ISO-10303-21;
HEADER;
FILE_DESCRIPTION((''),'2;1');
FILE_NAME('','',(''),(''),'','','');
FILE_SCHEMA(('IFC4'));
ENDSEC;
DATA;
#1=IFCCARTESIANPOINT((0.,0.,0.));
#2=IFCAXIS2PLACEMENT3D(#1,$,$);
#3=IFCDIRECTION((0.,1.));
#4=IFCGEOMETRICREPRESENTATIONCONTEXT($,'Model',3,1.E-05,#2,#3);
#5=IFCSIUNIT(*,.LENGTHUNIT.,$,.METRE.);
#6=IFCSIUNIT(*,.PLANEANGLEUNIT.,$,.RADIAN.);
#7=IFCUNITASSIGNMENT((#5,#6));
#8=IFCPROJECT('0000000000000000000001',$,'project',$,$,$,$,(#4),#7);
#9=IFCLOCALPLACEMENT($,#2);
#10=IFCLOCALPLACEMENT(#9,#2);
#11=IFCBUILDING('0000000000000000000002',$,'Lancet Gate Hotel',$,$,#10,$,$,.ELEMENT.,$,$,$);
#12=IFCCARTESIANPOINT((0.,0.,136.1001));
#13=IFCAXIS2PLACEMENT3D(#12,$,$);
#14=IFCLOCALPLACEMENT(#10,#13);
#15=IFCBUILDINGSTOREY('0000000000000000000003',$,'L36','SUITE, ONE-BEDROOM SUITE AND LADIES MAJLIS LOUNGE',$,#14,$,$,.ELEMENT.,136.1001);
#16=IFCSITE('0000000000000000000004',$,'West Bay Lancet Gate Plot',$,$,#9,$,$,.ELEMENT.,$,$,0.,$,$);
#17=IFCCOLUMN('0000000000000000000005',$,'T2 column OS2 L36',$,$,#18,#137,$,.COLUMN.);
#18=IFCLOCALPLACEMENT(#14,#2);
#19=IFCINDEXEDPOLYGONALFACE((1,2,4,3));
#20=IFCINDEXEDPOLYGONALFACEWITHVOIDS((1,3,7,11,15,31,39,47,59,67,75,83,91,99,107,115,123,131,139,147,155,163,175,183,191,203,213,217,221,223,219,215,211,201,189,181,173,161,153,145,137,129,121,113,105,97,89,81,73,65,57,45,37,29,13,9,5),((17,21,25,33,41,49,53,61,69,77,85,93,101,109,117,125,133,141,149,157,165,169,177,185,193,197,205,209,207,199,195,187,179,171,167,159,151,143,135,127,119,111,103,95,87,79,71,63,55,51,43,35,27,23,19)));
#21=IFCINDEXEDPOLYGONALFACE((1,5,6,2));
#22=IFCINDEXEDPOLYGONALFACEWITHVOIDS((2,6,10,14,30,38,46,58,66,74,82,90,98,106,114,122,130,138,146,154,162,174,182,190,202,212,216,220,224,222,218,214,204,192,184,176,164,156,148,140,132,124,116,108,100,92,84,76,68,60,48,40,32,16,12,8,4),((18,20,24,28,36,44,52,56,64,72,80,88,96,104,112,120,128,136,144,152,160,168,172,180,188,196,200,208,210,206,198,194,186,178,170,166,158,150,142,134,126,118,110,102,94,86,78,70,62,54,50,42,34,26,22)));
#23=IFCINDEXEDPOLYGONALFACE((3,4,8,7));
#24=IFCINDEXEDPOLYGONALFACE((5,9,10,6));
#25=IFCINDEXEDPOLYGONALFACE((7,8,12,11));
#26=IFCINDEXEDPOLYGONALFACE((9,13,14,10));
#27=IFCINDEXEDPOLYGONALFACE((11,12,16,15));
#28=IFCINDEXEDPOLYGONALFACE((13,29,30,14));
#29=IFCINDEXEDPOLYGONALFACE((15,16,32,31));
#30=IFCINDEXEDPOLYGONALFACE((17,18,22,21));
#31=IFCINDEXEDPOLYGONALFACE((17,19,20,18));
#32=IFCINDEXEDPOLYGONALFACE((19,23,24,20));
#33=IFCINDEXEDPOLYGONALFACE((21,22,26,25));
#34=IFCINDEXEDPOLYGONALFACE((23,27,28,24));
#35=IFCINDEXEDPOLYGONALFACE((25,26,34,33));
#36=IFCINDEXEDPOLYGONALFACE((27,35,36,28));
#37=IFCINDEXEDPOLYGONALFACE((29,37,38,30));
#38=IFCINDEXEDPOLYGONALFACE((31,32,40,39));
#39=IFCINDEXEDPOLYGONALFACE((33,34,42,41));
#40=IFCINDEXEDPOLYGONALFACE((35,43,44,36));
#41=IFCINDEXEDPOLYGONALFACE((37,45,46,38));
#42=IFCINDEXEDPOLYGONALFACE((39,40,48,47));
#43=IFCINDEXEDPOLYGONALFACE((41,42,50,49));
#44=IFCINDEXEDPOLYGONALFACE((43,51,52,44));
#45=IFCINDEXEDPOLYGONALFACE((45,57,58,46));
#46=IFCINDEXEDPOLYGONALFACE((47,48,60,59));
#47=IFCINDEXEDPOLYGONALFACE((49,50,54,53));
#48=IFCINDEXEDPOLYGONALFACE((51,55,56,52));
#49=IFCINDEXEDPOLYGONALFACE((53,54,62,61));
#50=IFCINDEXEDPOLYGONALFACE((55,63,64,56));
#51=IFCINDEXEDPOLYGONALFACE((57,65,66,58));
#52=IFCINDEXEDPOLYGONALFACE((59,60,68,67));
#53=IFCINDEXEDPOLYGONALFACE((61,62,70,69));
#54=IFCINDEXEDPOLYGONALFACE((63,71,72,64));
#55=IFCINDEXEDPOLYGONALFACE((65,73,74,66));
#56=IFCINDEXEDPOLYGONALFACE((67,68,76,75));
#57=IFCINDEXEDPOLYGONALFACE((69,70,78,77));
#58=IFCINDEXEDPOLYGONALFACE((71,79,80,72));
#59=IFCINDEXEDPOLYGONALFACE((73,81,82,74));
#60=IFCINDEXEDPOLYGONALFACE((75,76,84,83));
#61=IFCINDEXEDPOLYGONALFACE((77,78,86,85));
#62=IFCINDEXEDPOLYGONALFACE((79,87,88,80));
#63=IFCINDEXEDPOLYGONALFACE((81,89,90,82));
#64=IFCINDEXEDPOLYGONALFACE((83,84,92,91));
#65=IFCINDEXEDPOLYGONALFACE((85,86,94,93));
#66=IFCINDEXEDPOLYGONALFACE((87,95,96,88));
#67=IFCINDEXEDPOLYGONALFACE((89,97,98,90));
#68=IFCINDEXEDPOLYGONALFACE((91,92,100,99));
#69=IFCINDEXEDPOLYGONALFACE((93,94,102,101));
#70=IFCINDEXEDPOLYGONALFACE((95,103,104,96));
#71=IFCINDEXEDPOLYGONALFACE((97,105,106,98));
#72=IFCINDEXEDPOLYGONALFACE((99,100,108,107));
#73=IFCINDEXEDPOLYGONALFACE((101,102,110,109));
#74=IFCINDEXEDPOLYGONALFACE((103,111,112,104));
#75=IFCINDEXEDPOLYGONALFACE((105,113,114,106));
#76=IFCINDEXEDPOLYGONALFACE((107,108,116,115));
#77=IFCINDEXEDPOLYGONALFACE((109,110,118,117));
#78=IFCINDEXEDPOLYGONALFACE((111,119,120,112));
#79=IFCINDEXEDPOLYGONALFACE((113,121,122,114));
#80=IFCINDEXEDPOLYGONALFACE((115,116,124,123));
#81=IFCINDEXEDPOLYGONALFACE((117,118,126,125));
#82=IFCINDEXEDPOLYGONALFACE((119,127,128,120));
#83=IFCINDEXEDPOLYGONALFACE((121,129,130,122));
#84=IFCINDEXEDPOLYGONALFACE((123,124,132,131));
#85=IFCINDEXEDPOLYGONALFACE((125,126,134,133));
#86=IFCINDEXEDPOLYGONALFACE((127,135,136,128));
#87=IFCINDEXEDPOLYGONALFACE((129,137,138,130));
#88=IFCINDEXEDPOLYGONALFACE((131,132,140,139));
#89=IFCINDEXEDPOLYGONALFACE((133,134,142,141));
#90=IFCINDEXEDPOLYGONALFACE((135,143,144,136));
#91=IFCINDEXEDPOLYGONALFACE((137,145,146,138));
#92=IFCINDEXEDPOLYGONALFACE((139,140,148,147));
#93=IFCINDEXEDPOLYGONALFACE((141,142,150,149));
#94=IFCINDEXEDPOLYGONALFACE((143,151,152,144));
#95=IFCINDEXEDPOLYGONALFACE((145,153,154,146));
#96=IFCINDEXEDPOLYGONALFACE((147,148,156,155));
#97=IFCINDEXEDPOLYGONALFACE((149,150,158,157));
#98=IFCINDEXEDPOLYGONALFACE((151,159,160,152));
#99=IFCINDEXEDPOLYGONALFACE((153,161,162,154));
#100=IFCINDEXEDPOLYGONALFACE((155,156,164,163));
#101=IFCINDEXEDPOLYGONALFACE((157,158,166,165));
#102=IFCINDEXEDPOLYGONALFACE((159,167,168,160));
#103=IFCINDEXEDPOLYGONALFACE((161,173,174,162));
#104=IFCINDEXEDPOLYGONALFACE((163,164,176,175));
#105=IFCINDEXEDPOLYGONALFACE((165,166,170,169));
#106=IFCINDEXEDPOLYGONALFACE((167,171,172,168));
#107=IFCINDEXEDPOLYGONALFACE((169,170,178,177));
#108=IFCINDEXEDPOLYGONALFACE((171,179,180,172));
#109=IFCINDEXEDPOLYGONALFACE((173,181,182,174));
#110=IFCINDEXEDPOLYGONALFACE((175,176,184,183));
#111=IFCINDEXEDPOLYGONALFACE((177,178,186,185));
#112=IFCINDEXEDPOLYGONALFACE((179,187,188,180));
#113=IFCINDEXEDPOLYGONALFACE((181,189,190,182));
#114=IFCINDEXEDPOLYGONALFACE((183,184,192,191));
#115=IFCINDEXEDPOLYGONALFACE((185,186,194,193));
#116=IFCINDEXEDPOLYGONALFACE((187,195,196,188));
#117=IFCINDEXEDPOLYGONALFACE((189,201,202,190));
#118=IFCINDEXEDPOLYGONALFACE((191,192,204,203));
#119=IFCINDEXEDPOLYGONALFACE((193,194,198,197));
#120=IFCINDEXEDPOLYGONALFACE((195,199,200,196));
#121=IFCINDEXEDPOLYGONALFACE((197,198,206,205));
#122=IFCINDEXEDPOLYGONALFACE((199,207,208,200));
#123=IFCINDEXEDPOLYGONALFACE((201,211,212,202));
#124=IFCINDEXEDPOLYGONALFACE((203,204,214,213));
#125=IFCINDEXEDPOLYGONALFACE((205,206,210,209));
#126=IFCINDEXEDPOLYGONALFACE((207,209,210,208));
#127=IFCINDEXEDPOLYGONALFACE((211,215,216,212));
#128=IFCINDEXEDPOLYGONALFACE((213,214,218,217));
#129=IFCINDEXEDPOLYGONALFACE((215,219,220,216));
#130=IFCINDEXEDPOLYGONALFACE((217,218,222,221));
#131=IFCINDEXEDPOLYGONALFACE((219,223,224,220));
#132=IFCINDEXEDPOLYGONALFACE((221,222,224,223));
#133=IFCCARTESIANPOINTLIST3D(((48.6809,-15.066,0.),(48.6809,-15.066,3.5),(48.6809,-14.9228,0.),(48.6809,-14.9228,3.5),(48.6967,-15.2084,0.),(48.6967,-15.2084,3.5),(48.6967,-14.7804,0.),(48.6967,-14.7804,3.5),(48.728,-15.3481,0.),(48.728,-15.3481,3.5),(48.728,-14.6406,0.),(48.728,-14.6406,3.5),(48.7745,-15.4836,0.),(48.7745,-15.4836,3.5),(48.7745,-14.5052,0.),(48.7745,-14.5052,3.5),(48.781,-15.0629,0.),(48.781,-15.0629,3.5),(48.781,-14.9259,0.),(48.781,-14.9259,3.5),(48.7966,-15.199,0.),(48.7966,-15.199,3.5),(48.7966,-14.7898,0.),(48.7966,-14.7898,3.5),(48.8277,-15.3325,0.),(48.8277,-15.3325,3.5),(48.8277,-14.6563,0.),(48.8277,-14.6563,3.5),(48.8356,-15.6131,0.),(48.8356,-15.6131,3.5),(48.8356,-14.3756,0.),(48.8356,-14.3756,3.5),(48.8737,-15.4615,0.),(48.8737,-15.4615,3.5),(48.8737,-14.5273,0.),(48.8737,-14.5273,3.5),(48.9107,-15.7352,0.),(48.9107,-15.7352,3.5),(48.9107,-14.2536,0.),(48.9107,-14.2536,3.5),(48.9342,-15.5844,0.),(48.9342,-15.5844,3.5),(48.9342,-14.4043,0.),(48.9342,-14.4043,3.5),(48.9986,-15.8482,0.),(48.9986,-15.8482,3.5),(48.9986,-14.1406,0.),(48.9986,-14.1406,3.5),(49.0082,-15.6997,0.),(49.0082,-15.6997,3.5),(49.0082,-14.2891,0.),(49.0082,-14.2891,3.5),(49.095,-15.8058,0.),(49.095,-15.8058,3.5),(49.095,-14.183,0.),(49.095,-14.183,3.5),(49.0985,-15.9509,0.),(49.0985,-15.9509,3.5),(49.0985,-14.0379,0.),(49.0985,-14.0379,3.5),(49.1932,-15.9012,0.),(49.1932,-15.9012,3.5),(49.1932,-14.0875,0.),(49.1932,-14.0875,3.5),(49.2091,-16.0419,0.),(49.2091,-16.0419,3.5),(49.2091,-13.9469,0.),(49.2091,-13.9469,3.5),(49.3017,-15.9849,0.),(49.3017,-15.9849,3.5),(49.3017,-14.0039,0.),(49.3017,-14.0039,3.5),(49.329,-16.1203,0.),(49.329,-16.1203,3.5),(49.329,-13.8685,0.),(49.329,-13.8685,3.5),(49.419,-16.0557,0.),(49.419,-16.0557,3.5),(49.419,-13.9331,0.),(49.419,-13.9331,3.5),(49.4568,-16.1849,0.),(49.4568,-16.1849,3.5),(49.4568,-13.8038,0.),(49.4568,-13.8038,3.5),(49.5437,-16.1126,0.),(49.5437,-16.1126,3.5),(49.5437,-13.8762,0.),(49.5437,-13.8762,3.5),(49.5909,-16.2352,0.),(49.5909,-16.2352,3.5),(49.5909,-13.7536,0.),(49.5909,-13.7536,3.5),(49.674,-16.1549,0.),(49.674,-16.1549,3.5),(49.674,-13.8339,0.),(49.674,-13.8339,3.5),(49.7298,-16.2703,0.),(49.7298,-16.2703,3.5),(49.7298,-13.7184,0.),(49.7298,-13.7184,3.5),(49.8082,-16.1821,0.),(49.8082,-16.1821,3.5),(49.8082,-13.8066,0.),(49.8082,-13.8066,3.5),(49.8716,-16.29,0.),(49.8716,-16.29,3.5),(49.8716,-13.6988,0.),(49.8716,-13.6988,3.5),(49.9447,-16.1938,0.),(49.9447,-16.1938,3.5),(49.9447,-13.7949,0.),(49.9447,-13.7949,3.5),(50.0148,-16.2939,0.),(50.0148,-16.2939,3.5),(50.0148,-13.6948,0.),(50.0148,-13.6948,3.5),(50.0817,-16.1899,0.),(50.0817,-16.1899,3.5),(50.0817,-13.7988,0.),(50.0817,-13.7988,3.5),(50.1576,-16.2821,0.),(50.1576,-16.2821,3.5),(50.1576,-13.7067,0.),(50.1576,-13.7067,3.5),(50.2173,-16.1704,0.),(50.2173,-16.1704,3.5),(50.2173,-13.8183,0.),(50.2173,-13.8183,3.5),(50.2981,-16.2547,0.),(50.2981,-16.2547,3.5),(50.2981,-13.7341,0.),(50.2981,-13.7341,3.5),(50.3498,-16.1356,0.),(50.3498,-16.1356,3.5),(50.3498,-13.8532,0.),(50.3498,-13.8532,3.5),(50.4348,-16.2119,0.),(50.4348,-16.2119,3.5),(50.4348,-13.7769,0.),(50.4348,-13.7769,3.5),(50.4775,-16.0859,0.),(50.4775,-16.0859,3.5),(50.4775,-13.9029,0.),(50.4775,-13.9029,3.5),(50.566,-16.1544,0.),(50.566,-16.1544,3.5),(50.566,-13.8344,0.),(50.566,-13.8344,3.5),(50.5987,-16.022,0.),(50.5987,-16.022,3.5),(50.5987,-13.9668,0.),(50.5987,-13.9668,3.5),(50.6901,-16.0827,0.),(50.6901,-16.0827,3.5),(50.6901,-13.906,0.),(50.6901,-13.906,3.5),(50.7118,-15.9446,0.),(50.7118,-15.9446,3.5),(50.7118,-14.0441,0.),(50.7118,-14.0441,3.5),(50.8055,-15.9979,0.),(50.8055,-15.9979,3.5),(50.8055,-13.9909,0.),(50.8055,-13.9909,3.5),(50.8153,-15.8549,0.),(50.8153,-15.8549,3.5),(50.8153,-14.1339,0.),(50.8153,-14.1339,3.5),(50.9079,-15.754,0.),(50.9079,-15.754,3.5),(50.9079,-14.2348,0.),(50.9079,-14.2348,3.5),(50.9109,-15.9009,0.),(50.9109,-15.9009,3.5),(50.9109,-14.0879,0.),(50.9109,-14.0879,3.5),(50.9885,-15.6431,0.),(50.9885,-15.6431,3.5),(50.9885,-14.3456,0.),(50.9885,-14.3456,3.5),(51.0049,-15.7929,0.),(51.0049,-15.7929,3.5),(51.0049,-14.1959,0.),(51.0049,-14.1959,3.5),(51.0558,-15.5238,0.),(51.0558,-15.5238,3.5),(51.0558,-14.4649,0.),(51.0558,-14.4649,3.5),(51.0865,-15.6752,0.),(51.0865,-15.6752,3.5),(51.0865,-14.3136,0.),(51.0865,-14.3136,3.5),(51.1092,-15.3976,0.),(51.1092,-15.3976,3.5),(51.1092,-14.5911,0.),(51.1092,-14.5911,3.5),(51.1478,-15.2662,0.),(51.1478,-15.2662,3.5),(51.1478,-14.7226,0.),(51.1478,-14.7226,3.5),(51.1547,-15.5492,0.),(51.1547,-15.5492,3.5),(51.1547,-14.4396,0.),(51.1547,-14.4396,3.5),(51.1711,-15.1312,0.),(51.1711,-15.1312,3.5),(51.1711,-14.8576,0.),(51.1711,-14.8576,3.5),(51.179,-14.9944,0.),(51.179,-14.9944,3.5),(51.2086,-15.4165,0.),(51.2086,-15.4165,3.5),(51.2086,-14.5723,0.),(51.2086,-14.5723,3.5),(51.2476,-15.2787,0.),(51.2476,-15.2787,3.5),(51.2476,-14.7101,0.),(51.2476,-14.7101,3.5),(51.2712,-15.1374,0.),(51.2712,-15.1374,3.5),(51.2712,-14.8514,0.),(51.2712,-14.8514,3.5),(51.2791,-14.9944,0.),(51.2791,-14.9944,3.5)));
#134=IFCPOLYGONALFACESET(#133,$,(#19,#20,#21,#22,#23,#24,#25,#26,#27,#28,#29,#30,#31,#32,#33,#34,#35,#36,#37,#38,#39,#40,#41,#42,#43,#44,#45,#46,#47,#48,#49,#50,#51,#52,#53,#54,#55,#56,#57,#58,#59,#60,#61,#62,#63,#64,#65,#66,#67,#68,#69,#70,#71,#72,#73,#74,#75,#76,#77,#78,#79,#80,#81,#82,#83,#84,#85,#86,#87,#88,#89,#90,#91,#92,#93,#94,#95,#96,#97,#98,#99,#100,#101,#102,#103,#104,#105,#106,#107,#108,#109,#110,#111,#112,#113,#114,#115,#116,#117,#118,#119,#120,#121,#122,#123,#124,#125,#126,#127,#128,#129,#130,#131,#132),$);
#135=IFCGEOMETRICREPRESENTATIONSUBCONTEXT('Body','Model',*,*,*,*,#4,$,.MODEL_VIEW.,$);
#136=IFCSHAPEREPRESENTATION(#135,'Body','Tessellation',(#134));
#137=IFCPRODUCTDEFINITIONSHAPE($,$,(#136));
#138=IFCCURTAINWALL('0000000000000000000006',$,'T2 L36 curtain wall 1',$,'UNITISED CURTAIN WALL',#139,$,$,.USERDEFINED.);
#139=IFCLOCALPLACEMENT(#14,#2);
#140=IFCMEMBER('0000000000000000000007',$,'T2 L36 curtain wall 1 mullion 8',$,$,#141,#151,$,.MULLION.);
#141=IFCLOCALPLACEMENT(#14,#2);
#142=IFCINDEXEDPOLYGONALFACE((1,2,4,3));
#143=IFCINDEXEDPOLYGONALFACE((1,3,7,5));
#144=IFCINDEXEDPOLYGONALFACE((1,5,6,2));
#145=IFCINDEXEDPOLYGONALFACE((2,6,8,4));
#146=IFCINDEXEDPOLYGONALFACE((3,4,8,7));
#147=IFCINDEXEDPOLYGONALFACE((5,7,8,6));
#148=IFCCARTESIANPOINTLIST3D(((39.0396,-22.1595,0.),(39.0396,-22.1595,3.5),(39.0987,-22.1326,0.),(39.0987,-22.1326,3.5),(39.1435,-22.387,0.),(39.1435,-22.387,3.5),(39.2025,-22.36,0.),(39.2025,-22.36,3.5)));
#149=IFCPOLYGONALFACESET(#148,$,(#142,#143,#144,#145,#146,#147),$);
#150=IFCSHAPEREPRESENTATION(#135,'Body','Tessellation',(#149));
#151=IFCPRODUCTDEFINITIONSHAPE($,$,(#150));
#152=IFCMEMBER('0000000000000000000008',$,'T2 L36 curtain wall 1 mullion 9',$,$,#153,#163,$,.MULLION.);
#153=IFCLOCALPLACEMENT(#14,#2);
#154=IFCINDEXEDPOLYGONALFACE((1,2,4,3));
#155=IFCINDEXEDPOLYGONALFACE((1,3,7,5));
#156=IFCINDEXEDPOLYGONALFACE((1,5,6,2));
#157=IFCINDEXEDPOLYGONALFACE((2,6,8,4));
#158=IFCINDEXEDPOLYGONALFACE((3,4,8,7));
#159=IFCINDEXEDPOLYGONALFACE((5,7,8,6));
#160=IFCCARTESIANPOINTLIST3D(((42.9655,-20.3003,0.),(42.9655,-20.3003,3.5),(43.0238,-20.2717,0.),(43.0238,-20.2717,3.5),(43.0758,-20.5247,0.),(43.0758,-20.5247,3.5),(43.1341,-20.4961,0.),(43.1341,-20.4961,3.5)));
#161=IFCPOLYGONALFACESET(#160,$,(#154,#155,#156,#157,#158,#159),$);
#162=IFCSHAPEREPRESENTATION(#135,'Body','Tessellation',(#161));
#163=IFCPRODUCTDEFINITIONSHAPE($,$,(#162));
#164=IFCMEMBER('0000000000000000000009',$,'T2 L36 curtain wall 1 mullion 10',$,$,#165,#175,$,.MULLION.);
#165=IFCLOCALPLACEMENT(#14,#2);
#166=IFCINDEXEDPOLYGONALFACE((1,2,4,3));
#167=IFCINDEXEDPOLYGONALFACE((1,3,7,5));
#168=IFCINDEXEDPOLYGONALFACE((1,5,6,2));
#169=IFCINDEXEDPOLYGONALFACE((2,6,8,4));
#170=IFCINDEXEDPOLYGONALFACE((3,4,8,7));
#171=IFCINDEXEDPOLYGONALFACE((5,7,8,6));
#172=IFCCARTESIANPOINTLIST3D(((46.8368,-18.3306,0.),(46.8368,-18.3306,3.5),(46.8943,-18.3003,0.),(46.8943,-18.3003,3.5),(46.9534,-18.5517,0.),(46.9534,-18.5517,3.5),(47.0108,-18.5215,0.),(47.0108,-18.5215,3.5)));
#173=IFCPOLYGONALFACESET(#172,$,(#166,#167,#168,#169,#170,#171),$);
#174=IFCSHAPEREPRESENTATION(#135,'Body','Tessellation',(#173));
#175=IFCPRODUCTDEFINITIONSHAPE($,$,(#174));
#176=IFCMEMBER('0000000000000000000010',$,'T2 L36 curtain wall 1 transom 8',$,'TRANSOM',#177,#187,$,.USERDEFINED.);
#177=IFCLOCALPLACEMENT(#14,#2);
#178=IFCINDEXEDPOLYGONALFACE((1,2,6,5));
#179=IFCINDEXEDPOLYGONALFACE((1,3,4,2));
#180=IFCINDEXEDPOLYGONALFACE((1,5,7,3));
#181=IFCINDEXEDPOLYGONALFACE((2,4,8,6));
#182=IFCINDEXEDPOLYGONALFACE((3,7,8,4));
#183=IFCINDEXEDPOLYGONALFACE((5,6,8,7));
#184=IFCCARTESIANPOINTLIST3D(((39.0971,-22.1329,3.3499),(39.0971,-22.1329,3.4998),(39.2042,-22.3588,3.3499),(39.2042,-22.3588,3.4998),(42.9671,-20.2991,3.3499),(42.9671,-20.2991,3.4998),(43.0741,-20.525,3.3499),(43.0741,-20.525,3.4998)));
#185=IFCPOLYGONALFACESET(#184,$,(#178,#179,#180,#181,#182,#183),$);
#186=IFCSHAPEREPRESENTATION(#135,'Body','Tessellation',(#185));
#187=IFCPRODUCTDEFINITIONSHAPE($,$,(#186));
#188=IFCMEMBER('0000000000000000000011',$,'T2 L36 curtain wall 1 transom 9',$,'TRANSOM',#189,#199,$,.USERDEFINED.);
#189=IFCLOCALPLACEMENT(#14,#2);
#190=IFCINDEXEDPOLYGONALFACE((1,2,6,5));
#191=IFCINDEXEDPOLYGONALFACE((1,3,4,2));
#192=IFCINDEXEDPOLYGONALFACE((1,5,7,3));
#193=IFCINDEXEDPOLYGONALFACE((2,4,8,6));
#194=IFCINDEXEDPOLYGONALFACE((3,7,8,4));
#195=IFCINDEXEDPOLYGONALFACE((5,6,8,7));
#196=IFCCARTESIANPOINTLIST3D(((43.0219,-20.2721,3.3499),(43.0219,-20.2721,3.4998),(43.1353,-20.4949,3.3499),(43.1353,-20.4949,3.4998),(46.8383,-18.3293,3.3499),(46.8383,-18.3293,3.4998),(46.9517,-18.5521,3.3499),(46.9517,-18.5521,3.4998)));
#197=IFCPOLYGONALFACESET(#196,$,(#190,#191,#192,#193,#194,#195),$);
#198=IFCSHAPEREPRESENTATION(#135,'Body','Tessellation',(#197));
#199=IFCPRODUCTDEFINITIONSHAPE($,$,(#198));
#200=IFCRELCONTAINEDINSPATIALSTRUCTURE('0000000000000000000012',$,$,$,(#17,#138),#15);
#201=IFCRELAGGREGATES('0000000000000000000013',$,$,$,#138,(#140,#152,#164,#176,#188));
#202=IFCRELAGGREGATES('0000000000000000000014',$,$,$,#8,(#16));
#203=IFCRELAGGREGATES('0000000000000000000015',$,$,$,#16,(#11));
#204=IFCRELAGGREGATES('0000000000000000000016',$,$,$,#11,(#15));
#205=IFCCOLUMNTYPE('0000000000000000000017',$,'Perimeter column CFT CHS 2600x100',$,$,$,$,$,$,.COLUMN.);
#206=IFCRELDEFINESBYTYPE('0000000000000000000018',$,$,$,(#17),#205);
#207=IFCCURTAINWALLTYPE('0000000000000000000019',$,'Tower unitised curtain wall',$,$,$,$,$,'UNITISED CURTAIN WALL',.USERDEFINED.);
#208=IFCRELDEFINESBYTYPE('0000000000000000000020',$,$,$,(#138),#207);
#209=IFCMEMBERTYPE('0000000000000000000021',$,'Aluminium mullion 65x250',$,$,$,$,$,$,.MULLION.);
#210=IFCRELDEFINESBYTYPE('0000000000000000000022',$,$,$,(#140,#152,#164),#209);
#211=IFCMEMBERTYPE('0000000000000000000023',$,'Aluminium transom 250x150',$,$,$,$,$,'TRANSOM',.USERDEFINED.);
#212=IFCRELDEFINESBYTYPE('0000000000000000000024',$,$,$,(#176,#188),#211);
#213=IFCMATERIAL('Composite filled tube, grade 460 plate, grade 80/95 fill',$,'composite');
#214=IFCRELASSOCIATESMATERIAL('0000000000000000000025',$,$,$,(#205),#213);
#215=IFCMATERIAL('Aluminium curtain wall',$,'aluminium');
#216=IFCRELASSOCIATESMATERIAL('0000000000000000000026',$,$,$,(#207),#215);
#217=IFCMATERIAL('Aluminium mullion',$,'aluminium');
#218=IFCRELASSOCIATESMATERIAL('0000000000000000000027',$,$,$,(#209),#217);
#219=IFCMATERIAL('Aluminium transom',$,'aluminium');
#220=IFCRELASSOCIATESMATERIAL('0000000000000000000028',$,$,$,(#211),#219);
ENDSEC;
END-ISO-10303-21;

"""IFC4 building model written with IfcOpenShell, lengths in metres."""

from ifc_helpers import new_model, si_unit, direction, frame, origin, origin_2d, place, context, subcontext, project, spatial, rectangle, hollow_circle, extrude, material, material_profile, profile_set, type_object, element, aggregate, save


model = new_model("IFC4")

# Units and contexts
model_context = context("Model", 3, precision=1e-05, world=origin(), true_north=direction((0.0, 1.0)))
body_context = subcontext(model_context, "Body", "Model", "MODEL_VIEW")
ifc_project = project(units=[si_unit("LENGTHUNIT", "METRE"), si_unit("PLANEANGLEUNIT", "RADIAN")], contexts=[model_context])

# Site, building, storey
site_placement = place(None, origin())
site = spatial("IfcSite", under=ifc_project, at=site_placement, Name="West Bay Lancet Gate Plot", CompositionType="ELEMENT", RefElevation=0.0)
building_placement = place(site_placement, origin())
building = spatial("IfcBuilding", under=site, at=building_placement, Name="Lancet Gate Hotel", CompositionType="ELEMENT")
storey_placement = place(building_placement, frame((0.0, 0.0, 136.1001)))
storey = spatial("IfcBuildingStorey", under=building, at=storey_placement, Name="L36", Description="SUITE, ONE-BEDROOM SUITE AND LADIES MAJLIS LOUNGE", CompositionType="ELEMENT", Elevation=136.1001)

# Column
ifc_material_1 = material(Name="Composite filled tube, grade 460 plate, grade 80/95 fill", Category="composite")
ifc_material_profile_1 = material_profile(ifc_material_1, hollow_circle(Radius=1.3, WallThickness=0.1001, at=origin_2d()), Name="CHS 2600x100")
ifc_profile_set_1 = profile_set([ifc_material_profile_1], Name="Composite filled tube, grade 460 plate, grade 80/95 fill")
column_type = type_object("IfcColumnType", Name="Perimeter column CFT CHS 2600x100", PredefinedType="COLUMN", material=ifc_profile_set_1)
for number, where, z_axis, x_axis, name in (
    (1, (49.979, -14.9944, 0.0), (0.0, 0.0, 1.0), (1.0, 0.0, 0.0), "T2 column OS2 L36"),
):
    element("IfcColumn", number, at=place(storey_placement, frame(where, z_axis=z_axis, x_axis=x_axis)), inside=storey, type_object=column_type, Name=name, PredefinedType="COLUMN", context=body_context, shape_type="SweptSolid", body=[
        extrude(hollow_circle(Radius=1.3, WallThickness=0.1001, at=origin_2d()), origin(), (0.0, 0.0, 1.0), 3.5),
    ])

# Curtain wall, members
ifc_material_2 = material(Name="Aluminium curtain wall", Category="aluminium")
curtain_wall_type = type_object("IfcCurtainWallType", Name="Tower unitised curtain wall", ElementType="UNITISED CURTAIN WALL", PredefinedType="USERDEFINED", material=ifc_material_2)
curtain_wall_placement = place(storey_placement, origin())
curtain_wall = element("IfcCurtainWall", 2, at=curtain_wall_placement, inside=storey, type_object=curtain_wall_type, Name="T2 L36 curtain wall 1", ObjectType="UNITISED CURTAIN WALL", PredefinedType="USERDEFINED")
ifc_material_3 = material(Name="Aluminium mullion", Category="aluminium")
ifc_material_profile_2 = material_profile(ifc_material_3, rectangle(XDim=0.0649, YDim=0.25, at=origin_2d()), Name="MULLION 65x250")
ifc_profile_set_2 = profile_set([ifc_material_profile_2], Name="Aluminium mullion")
member_type_1 = type_object("IfcMemberType", Name="Aluminium mullion 65x250", PredefinedType="MULLION", material=ifc_profile_set_2)
member_1_placement = place(storey_placement, frame((39.1211, -22.2598, 0.0), z_axis=(0.0, 0.0, 1.0), x_axis=(0.909673, 0.415326, 0.0)))
member_1 = element("IfcMember", 3, at=member_1_placement, type_object=member_type_1, Name="T2 L36 curtain wall 1 mullion 8", PredefinedType="MULLION", context=body_context, shape_type="SweptSolid", body=[
    extrude(rectangle(XDim=0.0649, YDim=0.25, at=origin_2d()), origin(), (0.0, 0.0, 1.0), 3.5),
])
member_2_placement = place(storey_placement, frame((43.0498, -20.3982, 0.0), z_axis=(0.0, 0.0, 1.0), x_axis=(0.897512, 0.44099, 0.0)))
member_2 = element("IfcMember", 4, at=member_2_placement, type_object=member_type_1, Name="T2 L36 curtain wall 1 mullion 9", PredefinedType="MULLION", context=body_context, shape_type="SweptSolid", body=[
    extrude(rectangle(XDim=0.0649, YDim=0.25, at=origin_2d()), origin(), (0.0, 0.0, 1.0), 3.5),
])
member_3_placement = place(storey_placement, frame((46.9238, -18.426, 0.0), z_axis=(0.0, 0.0, 1.0), x_axis=(0.884627, 0.466299, 0.0)))
member_3 = element("IfcMember", 5, at=member_3_placement, type_object=member_type_1, Name="T2 L36 curtain wall 1 mullion 10", PredefinedType="MULLION", context=body_context, shape_type="SweptSolid", body=[
    extrude(rectangle(XDim=0.0649, YDim=0.25, at=origin_2d()), origin(), (0.0, 0.0, 1.0), 3.5),
])
ifc_material_4 = material(Name="Aluminium transom", Category="aluminium")
ifc_material_profile_3 = material_profile(ifc_material_4, rectangle(XDim=0.25, YDim=0.1499, at=origin_2d()), Name="TRANSOM 250x150")
ifc_profile_set_3 = profile_set([ifc_material_profile_3], Name="Aluminium transom")
member_type_2 = type_object("IfcMemberType", Name="Aluminium transom 250x150", ElementType="TRANSOM", PredefinedType="USERDEFINED", material=ifc_profile_set_3)
member_4_placement = place(storey_placement, frame((39.1506, -22.2458, 3.4248), z_axis=(0.90368, 0.428209, 0.0), x_axis=(-0.428209, 0.90368, 0.0)))
member_4 = element("IfcMember", 6, at=member_4_placement, type_object=member_type_2, Name="T2 L36 curtain wall 1 transom 8", ObjectType="TRANSOM", PredefinedType="USERDEFINED", context=body_context, shape_type="SweptSolid", body=[
    extrude(rectangle(XDim=0.25, YDim=0.1499, at=origin_2d()), origin(), (0.0, 0.0, 1.0), 4.2825),
])
member_5_placement = place(storey_placement, frame((43.0786, -20.3835, 3.4248), z_axis=(0.891166, 0.453678, 0.0), x_axis=(-0.453678, 0.891166, 0.0)))
member_5 = element("IfcMember", 7, at=member_5_placement, type_object=member_type_2, Name="T2 L36 curtain wall 1 transom 9", ObjectType="TRANSOM", PredefinedType="USERDEFINED", context=body_context, shape_type="SweptSolid", body=[
    extrude(rectangle(XDim=0.25, YDim=0.1499, at=origin_2d()), origin(), (0.0, 0.0, 1.0), 4.2825),
])

aggregate(curtain_wall, [member_1, member_2, member_3, member_4, member_5])

save(model, "model.ifc")
